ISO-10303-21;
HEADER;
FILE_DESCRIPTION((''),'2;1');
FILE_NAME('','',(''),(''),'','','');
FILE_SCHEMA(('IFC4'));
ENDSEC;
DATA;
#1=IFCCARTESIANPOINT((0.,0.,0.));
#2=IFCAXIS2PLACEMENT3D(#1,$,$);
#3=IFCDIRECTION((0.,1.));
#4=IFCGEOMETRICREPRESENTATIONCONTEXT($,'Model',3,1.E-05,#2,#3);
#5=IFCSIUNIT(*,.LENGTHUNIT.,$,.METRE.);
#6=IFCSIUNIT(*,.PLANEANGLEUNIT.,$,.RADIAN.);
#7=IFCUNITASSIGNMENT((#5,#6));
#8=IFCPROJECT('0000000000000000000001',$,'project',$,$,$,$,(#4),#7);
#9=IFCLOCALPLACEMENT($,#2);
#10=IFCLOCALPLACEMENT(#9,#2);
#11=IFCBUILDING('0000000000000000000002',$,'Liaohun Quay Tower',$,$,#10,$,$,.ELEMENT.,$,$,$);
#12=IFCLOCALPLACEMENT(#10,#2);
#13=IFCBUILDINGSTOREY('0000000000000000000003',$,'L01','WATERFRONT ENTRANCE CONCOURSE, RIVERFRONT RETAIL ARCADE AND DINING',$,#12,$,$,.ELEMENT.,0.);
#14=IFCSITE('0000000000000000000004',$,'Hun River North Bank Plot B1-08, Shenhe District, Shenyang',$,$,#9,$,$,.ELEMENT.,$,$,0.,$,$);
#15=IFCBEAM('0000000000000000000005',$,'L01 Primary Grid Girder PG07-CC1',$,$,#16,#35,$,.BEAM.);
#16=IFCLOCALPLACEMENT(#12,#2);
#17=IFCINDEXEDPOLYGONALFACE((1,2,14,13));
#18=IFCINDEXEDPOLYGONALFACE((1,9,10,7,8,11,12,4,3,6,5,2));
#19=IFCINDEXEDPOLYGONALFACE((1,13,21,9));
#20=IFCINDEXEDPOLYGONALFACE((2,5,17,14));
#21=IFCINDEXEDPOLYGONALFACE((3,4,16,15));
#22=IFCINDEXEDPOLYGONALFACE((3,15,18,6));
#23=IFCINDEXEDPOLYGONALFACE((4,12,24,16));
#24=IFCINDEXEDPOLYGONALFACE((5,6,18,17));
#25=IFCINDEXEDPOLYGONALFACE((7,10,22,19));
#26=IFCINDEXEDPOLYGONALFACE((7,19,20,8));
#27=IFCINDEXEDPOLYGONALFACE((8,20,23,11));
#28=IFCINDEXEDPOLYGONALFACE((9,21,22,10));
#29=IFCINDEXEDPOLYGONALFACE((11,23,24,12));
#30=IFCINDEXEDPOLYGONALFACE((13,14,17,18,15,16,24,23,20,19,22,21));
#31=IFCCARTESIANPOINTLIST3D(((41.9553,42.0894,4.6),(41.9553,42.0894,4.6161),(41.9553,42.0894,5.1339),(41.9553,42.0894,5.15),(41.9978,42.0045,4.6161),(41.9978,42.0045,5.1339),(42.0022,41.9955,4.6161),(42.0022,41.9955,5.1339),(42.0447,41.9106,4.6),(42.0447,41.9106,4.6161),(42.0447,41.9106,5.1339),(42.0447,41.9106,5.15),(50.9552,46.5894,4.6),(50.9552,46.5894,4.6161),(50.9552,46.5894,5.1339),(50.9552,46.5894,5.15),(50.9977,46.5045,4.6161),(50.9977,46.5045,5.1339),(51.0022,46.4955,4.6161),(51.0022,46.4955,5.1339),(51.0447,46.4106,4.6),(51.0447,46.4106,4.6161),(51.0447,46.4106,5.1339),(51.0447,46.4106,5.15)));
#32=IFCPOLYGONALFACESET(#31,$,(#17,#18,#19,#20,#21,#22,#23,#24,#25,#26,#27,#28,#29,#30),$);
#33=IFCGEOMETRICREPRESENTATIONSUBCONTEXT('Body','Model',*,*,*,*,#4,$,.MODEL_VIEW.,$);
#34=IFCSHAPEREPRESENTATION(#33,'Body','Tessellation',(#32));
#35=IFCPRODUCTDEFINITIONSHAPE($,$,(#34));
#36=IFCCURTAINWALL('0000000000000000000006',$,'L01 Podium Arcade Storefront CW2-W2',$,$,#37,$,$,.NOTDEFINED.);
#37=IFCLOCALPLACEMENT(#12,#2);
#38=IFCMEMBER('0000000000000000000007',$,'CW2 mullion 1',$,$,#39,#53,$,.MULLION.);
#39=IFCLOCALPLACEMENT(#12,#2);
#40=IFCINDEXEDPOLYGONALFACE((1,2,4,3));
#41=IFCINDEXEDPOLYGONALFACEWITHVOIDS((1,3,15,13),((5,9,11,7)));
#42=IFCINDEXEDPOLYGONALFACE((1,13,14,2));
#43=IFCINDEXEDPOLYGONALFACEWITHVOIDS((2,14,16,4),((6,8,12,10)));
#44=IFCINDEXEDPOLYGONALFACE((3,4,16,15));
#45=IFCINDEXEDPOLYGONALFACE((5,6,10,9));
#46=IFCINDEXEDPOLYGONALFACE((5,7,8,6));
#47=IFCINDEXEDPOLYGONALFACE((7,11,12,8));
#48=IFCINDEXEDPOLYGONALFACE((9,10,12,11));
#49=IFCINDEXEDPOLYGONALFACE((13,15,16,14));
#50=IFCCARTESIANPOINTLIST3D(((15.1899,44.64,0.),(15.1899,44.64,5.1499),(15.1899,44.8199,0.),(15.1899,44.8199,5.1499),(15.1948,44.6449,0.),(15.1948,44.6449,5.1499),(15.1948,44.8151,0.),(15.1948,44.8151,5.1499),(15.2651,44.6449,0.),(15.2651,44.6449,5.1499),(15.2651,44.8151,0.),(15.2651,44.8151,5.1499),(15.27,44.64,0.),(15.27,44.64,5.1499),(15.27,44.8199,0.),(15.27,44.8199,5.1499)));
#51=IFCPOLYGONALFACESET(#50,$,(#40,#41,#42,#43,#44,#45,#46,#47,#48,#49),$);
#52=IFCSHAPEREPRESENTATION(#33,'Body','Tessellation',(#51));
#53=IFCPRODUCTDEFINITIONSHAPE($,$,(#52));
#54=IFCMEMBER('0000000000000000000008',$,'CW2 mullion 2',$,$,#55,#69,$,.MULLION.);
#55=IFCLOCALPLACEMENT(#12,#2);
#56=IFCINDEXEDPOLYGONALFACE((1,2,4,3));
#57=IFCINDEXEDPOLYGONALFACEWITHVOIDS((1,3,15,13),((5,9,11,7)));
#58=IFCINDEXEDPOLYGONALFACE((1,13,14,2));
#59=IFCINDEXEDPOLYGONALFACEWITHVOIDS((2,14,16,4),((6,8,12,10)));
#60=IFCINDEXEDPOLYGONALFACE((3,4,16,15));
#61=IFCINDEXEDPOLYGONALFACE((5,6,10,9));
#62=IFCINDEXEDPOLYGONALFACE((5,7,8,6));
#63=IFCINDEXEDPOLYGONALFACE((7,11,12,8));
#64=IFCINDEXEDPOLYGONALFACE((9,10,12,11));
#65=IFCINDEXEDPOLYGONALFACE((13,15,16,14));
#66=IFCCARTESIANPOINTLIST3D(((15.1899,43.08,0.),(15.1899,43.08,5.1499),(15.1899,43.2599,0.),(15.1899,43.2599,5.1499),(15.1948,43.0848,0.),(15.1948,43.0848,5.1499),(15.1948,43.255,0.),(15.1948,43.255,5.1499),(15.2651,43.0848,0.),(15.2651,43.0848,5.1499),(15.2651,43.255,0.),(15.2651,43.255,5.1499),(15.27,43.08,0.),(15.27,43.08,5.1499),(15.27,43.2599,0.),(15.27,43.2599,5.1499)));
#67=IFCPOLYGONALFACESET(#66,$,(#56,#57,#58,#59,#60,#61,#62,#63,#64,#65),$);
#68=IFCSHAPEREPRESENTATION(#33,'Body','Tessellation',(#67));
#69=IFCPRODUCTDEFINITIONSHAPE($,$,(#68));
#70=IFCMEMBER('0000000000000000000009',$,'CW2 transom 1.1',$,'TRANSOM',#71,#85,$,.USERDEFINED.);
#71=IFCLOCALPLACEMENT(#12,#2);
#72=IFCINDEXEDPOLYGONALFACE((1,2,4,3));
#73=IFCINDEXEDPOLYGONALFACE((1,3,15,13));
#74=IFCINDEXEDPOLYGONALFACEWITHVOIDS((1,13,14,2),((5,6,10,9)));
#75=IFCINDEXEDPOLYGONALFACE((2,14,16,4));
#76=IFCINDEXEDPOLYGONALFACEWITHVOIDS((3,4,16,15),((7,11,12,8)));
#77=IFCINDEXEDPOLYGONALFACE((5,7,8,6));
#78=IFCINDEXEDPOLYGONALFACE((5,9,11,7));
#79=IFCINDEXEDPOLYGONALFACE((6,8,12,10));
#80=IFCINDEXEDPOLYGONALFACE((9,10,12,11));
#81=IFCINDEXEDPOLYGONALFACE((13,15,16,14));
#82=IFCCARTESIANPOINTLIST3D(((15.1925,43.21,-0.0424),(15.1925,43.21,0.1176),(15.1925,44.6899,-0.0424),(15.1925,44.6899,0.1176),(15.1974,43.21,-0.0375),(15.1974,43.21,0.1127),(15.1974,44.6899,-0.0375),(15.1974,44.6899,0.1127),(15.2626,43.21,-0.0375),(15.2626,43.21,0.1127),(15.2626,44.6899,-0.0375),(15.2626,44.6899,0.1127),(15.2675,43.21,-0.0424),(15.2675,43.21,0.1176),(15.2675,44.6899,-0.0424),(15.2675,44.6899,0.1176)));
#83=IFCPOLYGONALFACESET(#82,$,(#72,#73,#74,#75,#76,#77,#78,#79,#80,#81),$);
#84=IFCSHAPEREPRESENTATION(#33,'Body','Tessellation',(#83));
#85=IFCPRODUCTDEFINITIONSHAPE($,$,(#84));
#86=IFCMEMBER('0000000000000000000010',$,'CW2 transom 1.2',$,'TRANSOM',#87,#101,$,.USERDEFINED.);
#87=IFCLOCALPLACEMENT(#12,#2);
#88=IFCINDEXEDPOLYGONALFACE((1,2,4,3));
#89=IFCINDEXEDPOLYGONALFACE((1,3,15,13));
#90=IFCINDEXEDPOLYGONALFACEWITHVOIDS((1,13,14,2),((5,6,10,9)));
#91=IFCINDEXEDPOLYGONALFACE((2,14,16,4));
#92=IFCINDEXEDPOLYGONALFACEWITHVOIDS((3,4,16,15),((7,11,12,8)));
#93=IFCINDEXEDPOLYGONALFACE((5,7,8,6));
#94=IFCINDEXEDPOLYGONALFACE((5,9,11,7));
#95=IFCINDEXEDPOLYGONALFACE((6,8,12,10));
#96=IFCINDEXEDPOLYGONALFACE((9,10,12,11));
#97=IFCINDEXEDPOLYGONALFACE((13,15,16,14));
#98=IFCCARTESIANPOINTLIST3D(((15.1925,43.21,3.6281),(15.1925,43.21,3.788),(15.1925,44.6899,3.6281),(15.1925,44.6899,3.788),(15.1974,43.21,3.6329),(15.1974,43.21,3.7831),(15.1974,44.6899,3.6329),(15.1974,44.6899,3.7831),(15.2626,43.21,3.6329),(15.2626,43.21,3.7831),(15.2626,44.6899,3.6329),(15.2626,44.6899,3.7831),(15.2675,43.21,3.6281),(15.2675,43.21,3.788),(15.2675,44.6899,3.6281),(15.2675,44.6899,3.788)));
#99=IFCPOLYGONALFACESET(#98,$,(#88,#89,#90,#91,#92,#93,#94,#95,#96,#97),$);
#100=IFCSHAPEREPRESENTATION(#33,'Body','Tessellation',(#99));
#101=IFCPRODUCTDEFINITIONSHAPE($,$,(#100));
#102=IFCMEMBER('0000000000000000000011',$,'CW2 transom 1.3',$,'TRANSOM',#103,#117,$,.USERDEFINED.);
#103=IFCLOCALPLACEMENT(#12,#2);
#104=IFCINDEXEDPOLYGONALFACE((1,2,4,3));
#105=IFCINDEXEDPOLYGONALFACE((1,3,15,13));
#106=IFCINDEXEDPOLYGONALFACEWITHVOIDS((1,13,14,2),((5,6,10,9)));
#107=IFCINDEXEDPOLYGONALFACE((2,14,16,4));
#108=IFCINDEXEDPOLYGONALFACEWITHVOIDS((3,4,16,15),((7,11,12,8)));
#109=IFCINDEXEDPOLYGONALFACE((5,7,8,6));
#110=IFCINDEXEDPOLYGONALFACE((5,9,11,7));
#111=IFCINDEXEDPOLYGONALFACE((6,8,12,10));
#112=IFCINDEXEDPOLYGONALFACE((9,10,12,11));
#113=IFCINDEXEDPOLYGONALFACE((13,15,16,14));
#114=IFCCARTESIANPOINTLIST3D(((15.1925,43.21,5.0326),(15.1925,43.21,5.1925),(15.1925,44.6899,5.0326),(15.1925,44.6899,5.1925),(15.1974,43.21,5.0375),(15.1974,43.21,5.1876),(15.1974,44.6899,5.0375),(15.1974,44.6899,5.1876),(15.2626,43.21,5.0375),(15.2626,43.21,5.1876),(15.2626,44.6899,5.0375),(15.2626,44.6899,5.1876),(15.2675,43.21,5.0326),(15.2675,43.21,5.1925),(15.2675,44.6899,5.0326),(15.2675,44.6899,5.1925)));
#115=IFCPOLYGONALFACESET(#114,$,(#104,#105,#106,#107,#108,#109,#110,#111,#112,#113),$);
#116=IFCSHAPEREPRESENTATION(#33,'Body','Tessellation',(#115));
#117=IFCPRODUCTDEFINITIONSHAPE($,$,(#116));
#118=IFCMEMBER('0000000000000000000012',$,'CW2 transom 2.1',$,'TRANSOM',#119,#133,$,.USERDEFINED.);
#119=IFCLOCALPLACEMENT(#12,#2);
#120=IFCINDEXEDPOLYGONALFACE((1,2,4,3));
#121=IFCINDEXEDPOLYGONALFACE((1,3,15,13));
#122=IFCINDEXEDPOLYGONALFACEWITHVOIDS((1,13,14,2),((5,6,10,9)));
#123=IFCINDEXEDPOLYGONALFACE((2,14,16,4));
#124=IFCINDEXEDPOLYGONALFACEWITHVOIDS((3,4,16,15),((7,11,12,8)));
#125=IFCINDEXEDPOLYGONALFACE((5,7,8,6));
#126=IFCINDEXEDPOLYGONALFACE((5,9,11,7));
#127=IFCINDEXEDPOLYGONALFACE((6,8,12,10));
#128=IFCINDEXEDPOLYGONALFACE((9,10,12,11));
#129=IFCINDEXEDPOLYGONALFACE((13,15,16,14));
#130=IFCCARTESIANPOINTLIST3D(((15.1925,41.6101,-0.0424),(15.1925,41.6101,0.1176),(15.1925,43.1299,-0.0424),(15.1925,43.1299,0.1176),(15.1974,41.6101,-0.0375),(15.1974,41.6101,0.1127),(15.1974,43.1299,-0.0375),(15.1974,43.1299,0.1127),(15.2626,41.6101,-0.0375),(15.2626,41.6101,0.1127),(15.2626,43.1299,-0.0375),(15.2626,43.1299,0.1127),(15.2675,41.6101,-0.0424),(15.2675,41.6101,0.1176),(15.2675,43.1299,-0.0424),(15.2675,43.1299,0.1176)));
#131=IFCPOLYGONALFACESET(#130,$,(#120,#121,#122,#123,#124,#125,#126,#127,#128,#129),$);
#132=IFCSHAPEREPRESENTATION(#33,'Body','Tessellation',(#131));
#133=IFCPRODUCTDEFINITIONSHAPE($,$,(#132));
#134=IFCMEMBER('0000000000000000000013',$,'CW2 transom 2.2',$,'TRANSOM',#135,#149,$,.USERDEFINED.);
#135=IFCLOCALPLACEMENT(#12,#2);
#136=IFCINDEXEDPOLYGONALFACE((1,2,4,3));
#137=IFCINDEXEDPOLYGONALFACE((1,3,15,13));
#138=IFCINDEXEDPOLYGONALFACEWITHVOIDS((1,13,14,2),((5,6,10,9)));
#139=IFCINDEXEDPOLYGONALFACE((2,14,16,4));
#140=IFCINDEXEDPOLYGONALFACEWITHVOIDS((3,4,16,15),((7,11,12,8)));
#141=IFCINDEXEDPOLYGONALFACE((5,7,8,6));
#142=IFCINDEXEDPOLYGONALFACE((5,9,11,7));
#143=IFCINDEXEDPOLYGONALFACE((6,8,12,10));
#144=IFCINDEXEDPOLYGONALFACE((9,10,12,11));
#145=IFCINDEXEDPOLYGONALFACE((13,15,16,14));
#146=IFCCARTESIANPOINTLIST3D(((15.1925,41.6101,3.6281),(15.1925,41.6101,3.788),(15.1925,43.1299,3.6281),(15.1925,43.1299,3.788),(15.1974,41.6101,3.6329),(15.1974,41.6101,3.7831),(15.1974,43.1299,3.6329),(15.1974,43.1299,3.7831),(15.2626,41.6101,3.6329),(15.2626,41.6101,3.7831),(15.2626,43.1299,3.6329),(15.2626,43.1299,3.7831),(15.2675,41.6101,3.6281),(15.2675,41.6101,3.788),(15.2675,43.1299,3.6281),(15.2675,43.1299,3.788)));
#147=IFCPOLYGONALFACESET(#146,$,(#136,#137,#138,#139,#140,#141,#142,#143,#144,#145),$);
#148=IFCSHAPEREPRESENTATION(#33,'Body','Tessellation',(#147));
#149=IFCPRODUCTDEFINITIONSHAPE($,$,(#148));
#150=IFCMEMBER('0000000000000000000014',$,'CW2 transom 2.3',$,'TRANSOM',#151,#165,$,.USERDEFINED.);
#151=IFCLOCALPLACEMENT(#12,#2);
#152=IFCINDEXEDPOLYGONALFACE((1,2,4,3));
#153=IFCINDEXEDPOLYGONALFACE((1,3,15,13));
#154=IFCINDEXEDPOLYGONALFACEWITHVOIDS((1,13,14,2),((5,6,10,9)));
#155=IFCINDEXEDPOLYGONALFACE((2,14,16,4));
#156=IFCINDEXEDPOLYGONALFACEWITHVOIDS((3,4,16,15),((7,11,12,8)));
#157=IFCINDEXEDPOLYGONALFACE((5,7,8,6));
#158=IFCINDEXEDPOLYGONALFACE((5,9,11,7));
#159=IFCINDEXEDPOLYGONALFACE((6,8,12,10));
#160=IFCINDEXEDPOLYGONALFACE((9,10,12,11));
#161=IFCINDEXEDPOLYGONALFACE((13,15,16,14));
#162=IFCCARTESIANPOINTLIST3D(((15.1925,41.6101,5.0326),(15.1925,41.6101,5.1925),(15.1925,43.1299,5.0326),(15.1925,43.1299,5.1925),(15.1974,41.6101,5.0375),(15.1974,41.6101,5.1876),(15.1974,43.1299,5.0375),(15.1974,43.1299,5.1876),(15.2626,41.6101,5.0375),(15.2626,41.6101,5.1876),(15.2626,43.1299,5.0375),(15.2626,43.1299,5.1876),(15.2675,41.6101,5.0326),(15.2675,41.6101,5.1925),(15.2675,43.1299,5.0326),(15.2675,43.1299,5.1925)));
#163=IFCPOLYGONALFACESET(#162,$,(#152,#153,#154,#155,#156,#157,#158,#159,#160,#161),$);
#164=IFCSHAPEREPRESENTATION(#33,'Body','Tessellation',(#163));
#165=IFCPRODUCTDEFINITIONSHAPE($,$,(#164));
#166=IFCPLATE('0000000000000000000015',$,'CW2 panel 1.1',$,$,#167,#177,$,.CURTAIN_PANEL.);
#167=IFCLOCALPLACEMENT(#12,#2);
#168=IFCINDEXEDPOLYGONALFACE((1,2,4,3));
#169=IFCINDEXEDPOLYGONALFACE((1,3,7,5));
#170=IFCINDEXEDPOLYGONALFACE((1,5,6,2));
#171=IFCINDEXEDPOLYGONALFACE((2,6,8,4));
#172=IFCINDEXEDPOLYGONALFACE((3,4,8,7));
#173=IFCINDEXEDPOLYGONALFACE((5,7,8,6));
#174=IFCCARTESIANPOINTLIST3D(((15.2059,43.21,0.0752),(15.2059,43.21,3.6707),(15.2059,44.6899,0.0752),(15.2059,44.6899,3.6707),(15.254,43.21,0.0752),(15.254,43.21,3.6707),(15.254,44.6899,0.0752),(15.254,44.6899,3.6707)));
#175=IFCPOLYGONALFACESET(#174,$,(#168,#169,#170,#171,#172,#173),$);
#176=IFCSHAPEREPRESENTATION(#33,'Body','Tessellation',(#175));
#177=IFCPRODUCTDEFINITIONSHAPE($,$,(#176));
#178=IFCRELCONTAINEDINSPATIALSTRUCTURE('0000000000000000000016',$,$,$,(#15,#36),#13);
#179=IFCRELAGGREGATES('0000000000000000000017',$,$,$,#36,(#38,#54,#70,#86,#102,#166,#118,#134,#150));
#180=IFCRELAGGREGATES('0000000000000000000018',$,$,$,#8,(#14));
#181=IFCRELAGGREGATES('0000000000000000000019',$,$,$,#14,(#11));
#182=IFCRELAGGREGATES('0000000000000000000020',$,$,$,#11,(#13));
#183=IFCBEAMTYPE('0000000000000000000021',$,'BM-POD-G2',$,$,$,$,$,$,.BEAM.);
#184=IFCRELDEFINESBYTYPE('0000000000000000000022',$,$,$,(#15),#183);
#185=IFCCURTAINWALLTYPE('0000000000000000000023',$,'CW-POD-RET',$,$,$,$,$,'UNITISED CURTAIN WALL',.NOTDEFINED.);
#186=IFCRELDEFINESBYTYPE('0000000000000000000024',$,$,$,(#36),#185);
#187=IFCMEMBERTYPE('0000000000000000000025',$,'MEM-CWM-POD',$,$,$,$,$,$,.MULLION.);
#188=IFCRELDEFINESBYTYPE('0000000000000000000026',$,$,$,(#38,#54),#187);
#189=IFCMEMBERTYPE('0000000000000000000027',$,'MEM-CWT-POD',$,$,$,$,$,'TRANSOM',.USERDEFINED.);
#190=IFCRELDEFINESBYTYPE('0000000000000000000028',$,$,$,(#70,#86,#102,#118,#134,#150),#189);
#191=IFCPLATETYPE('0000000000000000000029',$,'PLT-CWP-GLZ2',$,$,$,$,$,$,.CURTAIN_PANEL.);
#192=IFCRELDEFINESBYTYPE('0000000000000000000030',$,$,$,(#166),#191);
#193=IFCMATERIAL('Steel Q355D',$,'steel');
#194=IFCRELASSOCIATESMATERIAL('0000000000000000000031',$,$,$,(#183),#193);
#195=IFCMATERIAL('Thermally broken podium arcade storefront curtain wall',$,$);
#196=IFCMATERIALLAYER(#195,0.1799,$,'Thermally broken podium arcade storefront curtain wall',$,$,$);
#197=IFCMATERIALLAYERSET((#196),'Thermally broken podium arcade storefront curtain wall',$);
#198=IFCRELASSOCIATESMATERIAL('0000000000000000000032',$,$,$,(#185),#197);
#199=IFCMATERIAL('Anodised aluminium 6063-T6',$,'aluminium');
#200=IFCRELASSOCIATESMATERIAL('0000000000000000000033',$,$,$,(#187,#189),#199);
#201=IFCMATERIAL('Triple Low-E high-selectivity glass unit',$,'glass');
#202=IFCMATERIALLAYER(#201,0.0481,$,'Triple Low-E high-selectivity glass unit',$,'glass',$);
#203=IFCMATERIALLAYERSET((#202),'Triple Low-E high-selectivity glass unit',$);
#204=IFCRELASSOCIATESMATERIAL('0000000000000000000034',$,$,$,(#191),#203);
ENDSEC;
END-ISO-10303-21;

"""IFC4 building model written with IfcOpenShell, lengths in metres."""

from ifc_helpers import new_model, si_unit, direction, frame, origin, origin_2d, place, context, subcontext, project, spatial, rectangle, hollow_rectangle, i_section, extrude, source, transform, mapped, material, layer, layer_set, material_profile, profile_set, type_object, element, aggregate, save


model = new_model("IFC4")

# Units and contexts
model_context = context("Model", 3, precision=1e-05, world=origin(), true_north=direction((0.0, 1.0)))
body_context = subcontext(model_context, "Body", "Model", "MODEL_VIEW")
ifc_project = project(units=[si_unit("LENGTHUNIT", "METRE"), si_unit("PLANEANGLEUNIT", "RADIAN")], contexts=[model_context])

# Site, building, storey
site_placement = place(None, origin())
site = spatial("IfcSite", under=ifc_project, at=site_placement, Name="Hun River North Bank Plot B1-08, Shenhe District, Shenyang", CompositionType="ELEMENT", RefElevation=0.0)
building_placement = place(site_placement, origin())
building = spatial("IfcBuilding", under=site, at=building_placement, Name="Liaohun Quay Tower", CompositionType="ELEMENT")
storey_placement = place(building_placement, origin())
storey = spatial("IfcBuildingStorey", under=building, at=storey_placement, Name="L01", Description="WATERFRONT ENTRANCE CONCOURSE, RIVERFRONT RETAIL ARCADE AND DINING", CompositionType="ELEMENT", Elevation=0.0)

# Beam
ifc_material_1 = material(Name="Steel Q355D", Category="steel")
ifc_material_profile_1 = material_profile(ifc_material_1, i_section(OverallWidth=0.2, OverallDepth=0.55, WebThickness=0.01, FlangeThickness=0.0161, at=origin_2d()), Name="HN550x200x10x16")
ifc_profile_set_1 = profile_set([ifc_material_profile_1], Name="Steel Q355D")
beam_type_1 = type_object("IfcBeamType", Name="BM-POD-G2", PredefinedType="BEAM", material=ifc_profile_set_1)
shared_shape_1 = source(origin(), body_context, "Body", "SweptSolid", [
    extrude(i_section(OverallWidth=0.2, OverallDepth=0.55, WebThickness=0.01, FlangeThickness=0.0161, at=origin_2d()), origin(), (0.0, 0.0, 1.0), 10.0623),
])
beam_1_placement = place(storey_placement, frame((42.0, 42.0, 4.875), z_axis=(0.894427, 0.447214, 0.0), x_axis=(-0.447214, 0.894427, 0.0)))
element("IfcBeam", 1, at=beam_1_placement, inside=storey, type_object=beam_type_1, Name="L01 Primary Grid Girder PG07-CC1", PredefinedType="BEAM", context=body_context, shape_type="MappedRepresentation", body=[
    mapped(shared_shape_1, transform((0.0, 0.0, 0.0), x_axis=(1.0, 0.0, 0.0), y_axis=(0.0, 1.0, 0.0), z_axis=(0.0, 0.0, 1.0), scale=1.0)),
])

# Curtain wall, members, plate
ifc_material_2 = material(Name="Thermally broken podium arcade storefront curtain wall")
ifc_layer_1 = layer(ifc_material_2, 0.1799, Name="Thermally broken podium arcade storefront curtain wall")
ifc_layer_set_1 = layer_set([ifc_layer_1], Name="Thermally broken podium arcade storefront curtain wall")
curtain_wall_type = type_object("IfcCurtainWallType", Name="CW-POD-RET", ElementType="UNITISED CURTAIN WALL", PredefinedType="NOTDEFINED", material=ifc_layer_set_1)
curtain_wall_placement = place(storey_placement, origin())
curtain_wall = element("IfcCurtainWall", 2, at=curtain_wall_placement, inside=storey, type_object=curtain_wall_type, Name="L01 Podium Arcade Storefront CW2-W2", PredefinedType="NOTDEFINED")
ifc_material_3 = material(Name="Anodised aluminium 6063-T6", Category="aluminium")
ifc_material_profile_2 = material_profile(ifc_material_3, hollow_rectangle(XDim=0.0801, YDim=0.1799, WallThickness=0.0049, at=origin_2d()), Name="RHS180x80x5")
ifc_profile_set_2 = profile_set([ifc_material_profile_2], Name="Anodised aluminium 6063-T6")
member_type_1 = type_object("IfcMemberType", Name="MEM-CWM-POD", PredefinedType="MULLION", material=ifc_profile_set_2)
shared_shape_2 = source(origin(), body_context, "Body", "SweptSolid", [
    extrude(hollow_rectangle(XDim=0.0801, YDim=0.1799, WallThickness=0.0049, at=origin_2d()), origin(), (0.0, 0.0, 1.0), 5.1499),
])
member_1_placement = place(storey_placement, frame((15.23, 44.73, 0.0), z_axis=(0.0, 0.0, 1.0), x_axis=(1.0, 0.0, 0.0)))
member_1 = element("IfcMember", 3, at=member_1_placement, type_object=member_type_1, Name="CW2 mullion 1", PredefinedType="MULLION", context=body_context, shape_type="MappedRepresentation", body=[
    mapped(shared_shape_2, transform((0.0, 0.0, 0.0), x_axis=(1.0, 0.0, 0.0), y_axis=(0.0, 1.0, 0.0), z_axis=(0.0, 0.0, 1.0), scale=1.0)),
])
member_2_placement = place(storey_placement, frame((15.23, 43.1699, 0.0), z_axis=(0.0, 0.0, 1.0), x_axis=(1.0, 0.0, 0.0)))
member_2 = element("IfcMember", 4, at=member_2_placement, type_object=member_type_1, Name="CW2 mullion 2", PredefinedType="MULLION", context=body_context, shape_type="MappedRepresentation", body=[
    mapped(shared_shape_2, transform((0.0, 0.0, 0.0), x_axis=(1.0, 0.0, 0.0), y_axis=(0.0, 1.0, 0.0), z_axis=(0.0, 0.0, 1.0), scale=1.0)),
])
ifc_material_profile_3 = material_profile(ifc_material_3, hollow_rectangle(XDim=0.075, YDim=0.1599, WallThickness=0.0049, at=origin_2d()), Name="RHS160x75x5")
ifc_profile_set_3 = profile_set([ifc_material_profile_3], Name="Anodised aluminium 6063-T6")
member_type_2 = type_object("IfcMemberType", Name="MEM-CWT-POD", ElementType="TRANSOM", PredefinedType="USERDEFINED", material=ifc_profile_set_3)
shared_shape_3 = source(origin(), body_context, "Body", "SweptSolid", [
    extrude(hollow_rectangle(XDim=0.075, YDim=0.1599, WallThickness=0.0049, at=origin_2d()), origin(), (0.0, 0.0, 1.0), 1.48),
])
member_3_placement = place(storey_placement, frame((15.23, 44.6899, 0.0376), z_axis=(0.0, -1.0, 0.0), x_axis=(1.0, 0.0, 0.0)))
member_3 = element("IfcMember", 5, at=member_3_placement, type_object=member_type_2, Name="CW2 transom 1.1", ObjectType="TRANSOM", PredefinedType="USERDEFINED", context=body_context, shape_type="MappedRepresentation", body=[
    mapped(shared_shape_3, transform((0.0, 0.0, 0.0), x_axis=(1.0, 0.0, 0.0), y_axis=(0.0, 1.0, 0.0), z_axis=(0.0, 0.0, 1.0), scale=1.0)),
])
member_4_placement = place(storey_placement, frame((15.23, 44.6899, 3.708), z_axis=(0.0, -1.0, 0.0), x_axis=(1.0, 0.0, 0.0)))
member_4 = element("IfcMember", 6, at=member_4_placement, type_object=member_type_2, Name="CW2 transom 1.2", ObjectType="TRANSOM", PredefinedType="USERDEFINED", context=body_context, shape_type="MappedRepresentation", body=[
    mapped(shared_shape_3, transform((0.0, 0.0, 0.0), x_axis=(1.0, 0.0, 0.0), y_axis=(0.0, 1.0, 0.0), z_axis=(0.0, 0.0, 1.0), scale=1.0)),
])
member_5_placement = place(storey_placement, frame((15.23, 44.6899, 5.1125), z_axis=(0.0, -1.0, 0.0), x_axis=(1.0, 0.0, 0.0)))
member_5 = element("IfcMember", 7, at=member_5_placement, type_object=member_type_2, Name="CW2 transom 1.3", ObjectType="TRANSOM", PredefinedType="USERDEFINED", context=body_context, shape_type="MappedRepresentation", body=[
    mapped(shared_shape_3, transform((0.0, 0.0, 0.0), x_axis=(1.0, 0.0, 0.0), y_axis=(0.0, 1.0, 0.0), z_axis=(0.0, 0.0, 1.0), scale=1.0)),
])
shared_shape_4 = source(origin(), body_context, "Body", "SweptSolid", [
    extrude(hollow_rectangle(XDim=0.075, YDim=0.1599, WallThickness=0.0049, at=origin_2d()), origin(), (0.0, 0.0, 1.0), 1.5198),
])
member_6_placement = place(storey_placement, frame((15.23, 43.1299, 0.0376), z_axis=(0.0, -1.0, 0.0), x_axis=(1.0, 0.0, 0.0)))
member_6 = element("IfcMember", 8, at=member_6_placement, type_object=member_type_2, Name="CW2 transom 2.1", ObjectType="TRANSOM", PredefinedType="USERDEFINED", context=body_context, shape_type="MappedRepresentation", body=[
    mapped(shared_shape_4, transform((0.0, 0.0, 0.0), x_axis=(1.0, 0.0, 0.0), y_axis=(0.0, 1.0, 0.0), z_axis=(0.0, 0.0, 1.0), scale=1.0)),
])
member_7_placement = place(storey_placement, frame((15.23, 43.1299, 3.708), z_axis=(0.0, -1.0, 0.0), x_axis=(1.0, 0.0, 0.0)))
member_7 = element("IfcMember", 9, at=member_7_placement, type_object=member_type_2, Name="CW2 transom 2.2", ObjectType="TRANSOM", PredefinedType="USERDEFINED", context=body_context, shape_type="MappedRepresentation", body=[
    mapped(shared_shape_4, transform((0.0, 0.0, 0.0), x_axis=(1.0, 0.0, 0.0), y_axis=(0.0, 1.0, 0.0), z_axis=(0.0, 0.0, 1.0), scale=1.0)),
])
member_8_placement = place(storey_placement, frame((15.23, 43.1299, 5.1125), z_axis=(0.0, -1.0, 0.0), x_axis=(1.0, 0.0, 0.0)))
member_8 = element("IfcMember", 10, at=member_8_placement, type_object=member_type_2, Name="CW2 transom 2.3", ObjectType="TRANSOM", PredefinedType="USERDEFINED", context=body_context, shape_type="MappedRepresentation", body=[
    mapped(shared_shape_4, transform((0.0, 0.0, 0.0), x_axis=(1.0, 0.0, 0.0), y_axis=(0.0, 1.0, 0.0), z_axis=(0.0, 0.0, 1.0), scale=1.0)),
])
ifc_material_4 = material(Name="Triple Low-E high-selectivity glass unit", Category="glass")
ifc_layer_2 = layer(ifc_material_4, 0.0481, Name="Triple Low-E high-selectivity glass unit", Category="glass")
ifc_layer_set_2 = layer_set([ifc_layer_2], Name="Triple Low-E high-selectivity glass unit")
plate_type = type_object("IfcPlateType", Name="PLT-CWP-GLZ2", PredefinedType="CURTAIN_PANEL", material=ifc_layer_set_2)
shared_shape_5 = source(origin(), body_context, "Body", "SweptSolid", [
    extrude(rectangle(XDim=1.48, YDim=0.0481, at=origin_2d()), origin(), (0.0, 0.0, 1.0), 3.5955),
])
plate_1_placement = place(storey_placement, frame((15.23, 43.95, 0.0752), z_axis=(0.0, 0.0, 1.0), x_axis=(0.0, -1.0, 0.0)))
plate_1 = element("IfcPlate", 11, at=plate_1_placement, type_object=plate_type, Name="CW2 panel 1.1", PredefinedType="CURTAIN_PANEL", context=body_context, shape_type="MappedRepresentation", body=[
    mapped(shared_shape_5, transform((0.0, 0.0, 0.0), x_axis=(1.0, 0.0, 0.0), y_axis=(0.0, 1.0, 0.0), z_axis=(0.0, 0.0, 1.0), scale=1.0)),
])
aggregate(curtain_wall, [member_1, member_2, member_3, member_4, member_5, plate_1, member_6, member_7, member_8])

save(model, "model.ifc")
